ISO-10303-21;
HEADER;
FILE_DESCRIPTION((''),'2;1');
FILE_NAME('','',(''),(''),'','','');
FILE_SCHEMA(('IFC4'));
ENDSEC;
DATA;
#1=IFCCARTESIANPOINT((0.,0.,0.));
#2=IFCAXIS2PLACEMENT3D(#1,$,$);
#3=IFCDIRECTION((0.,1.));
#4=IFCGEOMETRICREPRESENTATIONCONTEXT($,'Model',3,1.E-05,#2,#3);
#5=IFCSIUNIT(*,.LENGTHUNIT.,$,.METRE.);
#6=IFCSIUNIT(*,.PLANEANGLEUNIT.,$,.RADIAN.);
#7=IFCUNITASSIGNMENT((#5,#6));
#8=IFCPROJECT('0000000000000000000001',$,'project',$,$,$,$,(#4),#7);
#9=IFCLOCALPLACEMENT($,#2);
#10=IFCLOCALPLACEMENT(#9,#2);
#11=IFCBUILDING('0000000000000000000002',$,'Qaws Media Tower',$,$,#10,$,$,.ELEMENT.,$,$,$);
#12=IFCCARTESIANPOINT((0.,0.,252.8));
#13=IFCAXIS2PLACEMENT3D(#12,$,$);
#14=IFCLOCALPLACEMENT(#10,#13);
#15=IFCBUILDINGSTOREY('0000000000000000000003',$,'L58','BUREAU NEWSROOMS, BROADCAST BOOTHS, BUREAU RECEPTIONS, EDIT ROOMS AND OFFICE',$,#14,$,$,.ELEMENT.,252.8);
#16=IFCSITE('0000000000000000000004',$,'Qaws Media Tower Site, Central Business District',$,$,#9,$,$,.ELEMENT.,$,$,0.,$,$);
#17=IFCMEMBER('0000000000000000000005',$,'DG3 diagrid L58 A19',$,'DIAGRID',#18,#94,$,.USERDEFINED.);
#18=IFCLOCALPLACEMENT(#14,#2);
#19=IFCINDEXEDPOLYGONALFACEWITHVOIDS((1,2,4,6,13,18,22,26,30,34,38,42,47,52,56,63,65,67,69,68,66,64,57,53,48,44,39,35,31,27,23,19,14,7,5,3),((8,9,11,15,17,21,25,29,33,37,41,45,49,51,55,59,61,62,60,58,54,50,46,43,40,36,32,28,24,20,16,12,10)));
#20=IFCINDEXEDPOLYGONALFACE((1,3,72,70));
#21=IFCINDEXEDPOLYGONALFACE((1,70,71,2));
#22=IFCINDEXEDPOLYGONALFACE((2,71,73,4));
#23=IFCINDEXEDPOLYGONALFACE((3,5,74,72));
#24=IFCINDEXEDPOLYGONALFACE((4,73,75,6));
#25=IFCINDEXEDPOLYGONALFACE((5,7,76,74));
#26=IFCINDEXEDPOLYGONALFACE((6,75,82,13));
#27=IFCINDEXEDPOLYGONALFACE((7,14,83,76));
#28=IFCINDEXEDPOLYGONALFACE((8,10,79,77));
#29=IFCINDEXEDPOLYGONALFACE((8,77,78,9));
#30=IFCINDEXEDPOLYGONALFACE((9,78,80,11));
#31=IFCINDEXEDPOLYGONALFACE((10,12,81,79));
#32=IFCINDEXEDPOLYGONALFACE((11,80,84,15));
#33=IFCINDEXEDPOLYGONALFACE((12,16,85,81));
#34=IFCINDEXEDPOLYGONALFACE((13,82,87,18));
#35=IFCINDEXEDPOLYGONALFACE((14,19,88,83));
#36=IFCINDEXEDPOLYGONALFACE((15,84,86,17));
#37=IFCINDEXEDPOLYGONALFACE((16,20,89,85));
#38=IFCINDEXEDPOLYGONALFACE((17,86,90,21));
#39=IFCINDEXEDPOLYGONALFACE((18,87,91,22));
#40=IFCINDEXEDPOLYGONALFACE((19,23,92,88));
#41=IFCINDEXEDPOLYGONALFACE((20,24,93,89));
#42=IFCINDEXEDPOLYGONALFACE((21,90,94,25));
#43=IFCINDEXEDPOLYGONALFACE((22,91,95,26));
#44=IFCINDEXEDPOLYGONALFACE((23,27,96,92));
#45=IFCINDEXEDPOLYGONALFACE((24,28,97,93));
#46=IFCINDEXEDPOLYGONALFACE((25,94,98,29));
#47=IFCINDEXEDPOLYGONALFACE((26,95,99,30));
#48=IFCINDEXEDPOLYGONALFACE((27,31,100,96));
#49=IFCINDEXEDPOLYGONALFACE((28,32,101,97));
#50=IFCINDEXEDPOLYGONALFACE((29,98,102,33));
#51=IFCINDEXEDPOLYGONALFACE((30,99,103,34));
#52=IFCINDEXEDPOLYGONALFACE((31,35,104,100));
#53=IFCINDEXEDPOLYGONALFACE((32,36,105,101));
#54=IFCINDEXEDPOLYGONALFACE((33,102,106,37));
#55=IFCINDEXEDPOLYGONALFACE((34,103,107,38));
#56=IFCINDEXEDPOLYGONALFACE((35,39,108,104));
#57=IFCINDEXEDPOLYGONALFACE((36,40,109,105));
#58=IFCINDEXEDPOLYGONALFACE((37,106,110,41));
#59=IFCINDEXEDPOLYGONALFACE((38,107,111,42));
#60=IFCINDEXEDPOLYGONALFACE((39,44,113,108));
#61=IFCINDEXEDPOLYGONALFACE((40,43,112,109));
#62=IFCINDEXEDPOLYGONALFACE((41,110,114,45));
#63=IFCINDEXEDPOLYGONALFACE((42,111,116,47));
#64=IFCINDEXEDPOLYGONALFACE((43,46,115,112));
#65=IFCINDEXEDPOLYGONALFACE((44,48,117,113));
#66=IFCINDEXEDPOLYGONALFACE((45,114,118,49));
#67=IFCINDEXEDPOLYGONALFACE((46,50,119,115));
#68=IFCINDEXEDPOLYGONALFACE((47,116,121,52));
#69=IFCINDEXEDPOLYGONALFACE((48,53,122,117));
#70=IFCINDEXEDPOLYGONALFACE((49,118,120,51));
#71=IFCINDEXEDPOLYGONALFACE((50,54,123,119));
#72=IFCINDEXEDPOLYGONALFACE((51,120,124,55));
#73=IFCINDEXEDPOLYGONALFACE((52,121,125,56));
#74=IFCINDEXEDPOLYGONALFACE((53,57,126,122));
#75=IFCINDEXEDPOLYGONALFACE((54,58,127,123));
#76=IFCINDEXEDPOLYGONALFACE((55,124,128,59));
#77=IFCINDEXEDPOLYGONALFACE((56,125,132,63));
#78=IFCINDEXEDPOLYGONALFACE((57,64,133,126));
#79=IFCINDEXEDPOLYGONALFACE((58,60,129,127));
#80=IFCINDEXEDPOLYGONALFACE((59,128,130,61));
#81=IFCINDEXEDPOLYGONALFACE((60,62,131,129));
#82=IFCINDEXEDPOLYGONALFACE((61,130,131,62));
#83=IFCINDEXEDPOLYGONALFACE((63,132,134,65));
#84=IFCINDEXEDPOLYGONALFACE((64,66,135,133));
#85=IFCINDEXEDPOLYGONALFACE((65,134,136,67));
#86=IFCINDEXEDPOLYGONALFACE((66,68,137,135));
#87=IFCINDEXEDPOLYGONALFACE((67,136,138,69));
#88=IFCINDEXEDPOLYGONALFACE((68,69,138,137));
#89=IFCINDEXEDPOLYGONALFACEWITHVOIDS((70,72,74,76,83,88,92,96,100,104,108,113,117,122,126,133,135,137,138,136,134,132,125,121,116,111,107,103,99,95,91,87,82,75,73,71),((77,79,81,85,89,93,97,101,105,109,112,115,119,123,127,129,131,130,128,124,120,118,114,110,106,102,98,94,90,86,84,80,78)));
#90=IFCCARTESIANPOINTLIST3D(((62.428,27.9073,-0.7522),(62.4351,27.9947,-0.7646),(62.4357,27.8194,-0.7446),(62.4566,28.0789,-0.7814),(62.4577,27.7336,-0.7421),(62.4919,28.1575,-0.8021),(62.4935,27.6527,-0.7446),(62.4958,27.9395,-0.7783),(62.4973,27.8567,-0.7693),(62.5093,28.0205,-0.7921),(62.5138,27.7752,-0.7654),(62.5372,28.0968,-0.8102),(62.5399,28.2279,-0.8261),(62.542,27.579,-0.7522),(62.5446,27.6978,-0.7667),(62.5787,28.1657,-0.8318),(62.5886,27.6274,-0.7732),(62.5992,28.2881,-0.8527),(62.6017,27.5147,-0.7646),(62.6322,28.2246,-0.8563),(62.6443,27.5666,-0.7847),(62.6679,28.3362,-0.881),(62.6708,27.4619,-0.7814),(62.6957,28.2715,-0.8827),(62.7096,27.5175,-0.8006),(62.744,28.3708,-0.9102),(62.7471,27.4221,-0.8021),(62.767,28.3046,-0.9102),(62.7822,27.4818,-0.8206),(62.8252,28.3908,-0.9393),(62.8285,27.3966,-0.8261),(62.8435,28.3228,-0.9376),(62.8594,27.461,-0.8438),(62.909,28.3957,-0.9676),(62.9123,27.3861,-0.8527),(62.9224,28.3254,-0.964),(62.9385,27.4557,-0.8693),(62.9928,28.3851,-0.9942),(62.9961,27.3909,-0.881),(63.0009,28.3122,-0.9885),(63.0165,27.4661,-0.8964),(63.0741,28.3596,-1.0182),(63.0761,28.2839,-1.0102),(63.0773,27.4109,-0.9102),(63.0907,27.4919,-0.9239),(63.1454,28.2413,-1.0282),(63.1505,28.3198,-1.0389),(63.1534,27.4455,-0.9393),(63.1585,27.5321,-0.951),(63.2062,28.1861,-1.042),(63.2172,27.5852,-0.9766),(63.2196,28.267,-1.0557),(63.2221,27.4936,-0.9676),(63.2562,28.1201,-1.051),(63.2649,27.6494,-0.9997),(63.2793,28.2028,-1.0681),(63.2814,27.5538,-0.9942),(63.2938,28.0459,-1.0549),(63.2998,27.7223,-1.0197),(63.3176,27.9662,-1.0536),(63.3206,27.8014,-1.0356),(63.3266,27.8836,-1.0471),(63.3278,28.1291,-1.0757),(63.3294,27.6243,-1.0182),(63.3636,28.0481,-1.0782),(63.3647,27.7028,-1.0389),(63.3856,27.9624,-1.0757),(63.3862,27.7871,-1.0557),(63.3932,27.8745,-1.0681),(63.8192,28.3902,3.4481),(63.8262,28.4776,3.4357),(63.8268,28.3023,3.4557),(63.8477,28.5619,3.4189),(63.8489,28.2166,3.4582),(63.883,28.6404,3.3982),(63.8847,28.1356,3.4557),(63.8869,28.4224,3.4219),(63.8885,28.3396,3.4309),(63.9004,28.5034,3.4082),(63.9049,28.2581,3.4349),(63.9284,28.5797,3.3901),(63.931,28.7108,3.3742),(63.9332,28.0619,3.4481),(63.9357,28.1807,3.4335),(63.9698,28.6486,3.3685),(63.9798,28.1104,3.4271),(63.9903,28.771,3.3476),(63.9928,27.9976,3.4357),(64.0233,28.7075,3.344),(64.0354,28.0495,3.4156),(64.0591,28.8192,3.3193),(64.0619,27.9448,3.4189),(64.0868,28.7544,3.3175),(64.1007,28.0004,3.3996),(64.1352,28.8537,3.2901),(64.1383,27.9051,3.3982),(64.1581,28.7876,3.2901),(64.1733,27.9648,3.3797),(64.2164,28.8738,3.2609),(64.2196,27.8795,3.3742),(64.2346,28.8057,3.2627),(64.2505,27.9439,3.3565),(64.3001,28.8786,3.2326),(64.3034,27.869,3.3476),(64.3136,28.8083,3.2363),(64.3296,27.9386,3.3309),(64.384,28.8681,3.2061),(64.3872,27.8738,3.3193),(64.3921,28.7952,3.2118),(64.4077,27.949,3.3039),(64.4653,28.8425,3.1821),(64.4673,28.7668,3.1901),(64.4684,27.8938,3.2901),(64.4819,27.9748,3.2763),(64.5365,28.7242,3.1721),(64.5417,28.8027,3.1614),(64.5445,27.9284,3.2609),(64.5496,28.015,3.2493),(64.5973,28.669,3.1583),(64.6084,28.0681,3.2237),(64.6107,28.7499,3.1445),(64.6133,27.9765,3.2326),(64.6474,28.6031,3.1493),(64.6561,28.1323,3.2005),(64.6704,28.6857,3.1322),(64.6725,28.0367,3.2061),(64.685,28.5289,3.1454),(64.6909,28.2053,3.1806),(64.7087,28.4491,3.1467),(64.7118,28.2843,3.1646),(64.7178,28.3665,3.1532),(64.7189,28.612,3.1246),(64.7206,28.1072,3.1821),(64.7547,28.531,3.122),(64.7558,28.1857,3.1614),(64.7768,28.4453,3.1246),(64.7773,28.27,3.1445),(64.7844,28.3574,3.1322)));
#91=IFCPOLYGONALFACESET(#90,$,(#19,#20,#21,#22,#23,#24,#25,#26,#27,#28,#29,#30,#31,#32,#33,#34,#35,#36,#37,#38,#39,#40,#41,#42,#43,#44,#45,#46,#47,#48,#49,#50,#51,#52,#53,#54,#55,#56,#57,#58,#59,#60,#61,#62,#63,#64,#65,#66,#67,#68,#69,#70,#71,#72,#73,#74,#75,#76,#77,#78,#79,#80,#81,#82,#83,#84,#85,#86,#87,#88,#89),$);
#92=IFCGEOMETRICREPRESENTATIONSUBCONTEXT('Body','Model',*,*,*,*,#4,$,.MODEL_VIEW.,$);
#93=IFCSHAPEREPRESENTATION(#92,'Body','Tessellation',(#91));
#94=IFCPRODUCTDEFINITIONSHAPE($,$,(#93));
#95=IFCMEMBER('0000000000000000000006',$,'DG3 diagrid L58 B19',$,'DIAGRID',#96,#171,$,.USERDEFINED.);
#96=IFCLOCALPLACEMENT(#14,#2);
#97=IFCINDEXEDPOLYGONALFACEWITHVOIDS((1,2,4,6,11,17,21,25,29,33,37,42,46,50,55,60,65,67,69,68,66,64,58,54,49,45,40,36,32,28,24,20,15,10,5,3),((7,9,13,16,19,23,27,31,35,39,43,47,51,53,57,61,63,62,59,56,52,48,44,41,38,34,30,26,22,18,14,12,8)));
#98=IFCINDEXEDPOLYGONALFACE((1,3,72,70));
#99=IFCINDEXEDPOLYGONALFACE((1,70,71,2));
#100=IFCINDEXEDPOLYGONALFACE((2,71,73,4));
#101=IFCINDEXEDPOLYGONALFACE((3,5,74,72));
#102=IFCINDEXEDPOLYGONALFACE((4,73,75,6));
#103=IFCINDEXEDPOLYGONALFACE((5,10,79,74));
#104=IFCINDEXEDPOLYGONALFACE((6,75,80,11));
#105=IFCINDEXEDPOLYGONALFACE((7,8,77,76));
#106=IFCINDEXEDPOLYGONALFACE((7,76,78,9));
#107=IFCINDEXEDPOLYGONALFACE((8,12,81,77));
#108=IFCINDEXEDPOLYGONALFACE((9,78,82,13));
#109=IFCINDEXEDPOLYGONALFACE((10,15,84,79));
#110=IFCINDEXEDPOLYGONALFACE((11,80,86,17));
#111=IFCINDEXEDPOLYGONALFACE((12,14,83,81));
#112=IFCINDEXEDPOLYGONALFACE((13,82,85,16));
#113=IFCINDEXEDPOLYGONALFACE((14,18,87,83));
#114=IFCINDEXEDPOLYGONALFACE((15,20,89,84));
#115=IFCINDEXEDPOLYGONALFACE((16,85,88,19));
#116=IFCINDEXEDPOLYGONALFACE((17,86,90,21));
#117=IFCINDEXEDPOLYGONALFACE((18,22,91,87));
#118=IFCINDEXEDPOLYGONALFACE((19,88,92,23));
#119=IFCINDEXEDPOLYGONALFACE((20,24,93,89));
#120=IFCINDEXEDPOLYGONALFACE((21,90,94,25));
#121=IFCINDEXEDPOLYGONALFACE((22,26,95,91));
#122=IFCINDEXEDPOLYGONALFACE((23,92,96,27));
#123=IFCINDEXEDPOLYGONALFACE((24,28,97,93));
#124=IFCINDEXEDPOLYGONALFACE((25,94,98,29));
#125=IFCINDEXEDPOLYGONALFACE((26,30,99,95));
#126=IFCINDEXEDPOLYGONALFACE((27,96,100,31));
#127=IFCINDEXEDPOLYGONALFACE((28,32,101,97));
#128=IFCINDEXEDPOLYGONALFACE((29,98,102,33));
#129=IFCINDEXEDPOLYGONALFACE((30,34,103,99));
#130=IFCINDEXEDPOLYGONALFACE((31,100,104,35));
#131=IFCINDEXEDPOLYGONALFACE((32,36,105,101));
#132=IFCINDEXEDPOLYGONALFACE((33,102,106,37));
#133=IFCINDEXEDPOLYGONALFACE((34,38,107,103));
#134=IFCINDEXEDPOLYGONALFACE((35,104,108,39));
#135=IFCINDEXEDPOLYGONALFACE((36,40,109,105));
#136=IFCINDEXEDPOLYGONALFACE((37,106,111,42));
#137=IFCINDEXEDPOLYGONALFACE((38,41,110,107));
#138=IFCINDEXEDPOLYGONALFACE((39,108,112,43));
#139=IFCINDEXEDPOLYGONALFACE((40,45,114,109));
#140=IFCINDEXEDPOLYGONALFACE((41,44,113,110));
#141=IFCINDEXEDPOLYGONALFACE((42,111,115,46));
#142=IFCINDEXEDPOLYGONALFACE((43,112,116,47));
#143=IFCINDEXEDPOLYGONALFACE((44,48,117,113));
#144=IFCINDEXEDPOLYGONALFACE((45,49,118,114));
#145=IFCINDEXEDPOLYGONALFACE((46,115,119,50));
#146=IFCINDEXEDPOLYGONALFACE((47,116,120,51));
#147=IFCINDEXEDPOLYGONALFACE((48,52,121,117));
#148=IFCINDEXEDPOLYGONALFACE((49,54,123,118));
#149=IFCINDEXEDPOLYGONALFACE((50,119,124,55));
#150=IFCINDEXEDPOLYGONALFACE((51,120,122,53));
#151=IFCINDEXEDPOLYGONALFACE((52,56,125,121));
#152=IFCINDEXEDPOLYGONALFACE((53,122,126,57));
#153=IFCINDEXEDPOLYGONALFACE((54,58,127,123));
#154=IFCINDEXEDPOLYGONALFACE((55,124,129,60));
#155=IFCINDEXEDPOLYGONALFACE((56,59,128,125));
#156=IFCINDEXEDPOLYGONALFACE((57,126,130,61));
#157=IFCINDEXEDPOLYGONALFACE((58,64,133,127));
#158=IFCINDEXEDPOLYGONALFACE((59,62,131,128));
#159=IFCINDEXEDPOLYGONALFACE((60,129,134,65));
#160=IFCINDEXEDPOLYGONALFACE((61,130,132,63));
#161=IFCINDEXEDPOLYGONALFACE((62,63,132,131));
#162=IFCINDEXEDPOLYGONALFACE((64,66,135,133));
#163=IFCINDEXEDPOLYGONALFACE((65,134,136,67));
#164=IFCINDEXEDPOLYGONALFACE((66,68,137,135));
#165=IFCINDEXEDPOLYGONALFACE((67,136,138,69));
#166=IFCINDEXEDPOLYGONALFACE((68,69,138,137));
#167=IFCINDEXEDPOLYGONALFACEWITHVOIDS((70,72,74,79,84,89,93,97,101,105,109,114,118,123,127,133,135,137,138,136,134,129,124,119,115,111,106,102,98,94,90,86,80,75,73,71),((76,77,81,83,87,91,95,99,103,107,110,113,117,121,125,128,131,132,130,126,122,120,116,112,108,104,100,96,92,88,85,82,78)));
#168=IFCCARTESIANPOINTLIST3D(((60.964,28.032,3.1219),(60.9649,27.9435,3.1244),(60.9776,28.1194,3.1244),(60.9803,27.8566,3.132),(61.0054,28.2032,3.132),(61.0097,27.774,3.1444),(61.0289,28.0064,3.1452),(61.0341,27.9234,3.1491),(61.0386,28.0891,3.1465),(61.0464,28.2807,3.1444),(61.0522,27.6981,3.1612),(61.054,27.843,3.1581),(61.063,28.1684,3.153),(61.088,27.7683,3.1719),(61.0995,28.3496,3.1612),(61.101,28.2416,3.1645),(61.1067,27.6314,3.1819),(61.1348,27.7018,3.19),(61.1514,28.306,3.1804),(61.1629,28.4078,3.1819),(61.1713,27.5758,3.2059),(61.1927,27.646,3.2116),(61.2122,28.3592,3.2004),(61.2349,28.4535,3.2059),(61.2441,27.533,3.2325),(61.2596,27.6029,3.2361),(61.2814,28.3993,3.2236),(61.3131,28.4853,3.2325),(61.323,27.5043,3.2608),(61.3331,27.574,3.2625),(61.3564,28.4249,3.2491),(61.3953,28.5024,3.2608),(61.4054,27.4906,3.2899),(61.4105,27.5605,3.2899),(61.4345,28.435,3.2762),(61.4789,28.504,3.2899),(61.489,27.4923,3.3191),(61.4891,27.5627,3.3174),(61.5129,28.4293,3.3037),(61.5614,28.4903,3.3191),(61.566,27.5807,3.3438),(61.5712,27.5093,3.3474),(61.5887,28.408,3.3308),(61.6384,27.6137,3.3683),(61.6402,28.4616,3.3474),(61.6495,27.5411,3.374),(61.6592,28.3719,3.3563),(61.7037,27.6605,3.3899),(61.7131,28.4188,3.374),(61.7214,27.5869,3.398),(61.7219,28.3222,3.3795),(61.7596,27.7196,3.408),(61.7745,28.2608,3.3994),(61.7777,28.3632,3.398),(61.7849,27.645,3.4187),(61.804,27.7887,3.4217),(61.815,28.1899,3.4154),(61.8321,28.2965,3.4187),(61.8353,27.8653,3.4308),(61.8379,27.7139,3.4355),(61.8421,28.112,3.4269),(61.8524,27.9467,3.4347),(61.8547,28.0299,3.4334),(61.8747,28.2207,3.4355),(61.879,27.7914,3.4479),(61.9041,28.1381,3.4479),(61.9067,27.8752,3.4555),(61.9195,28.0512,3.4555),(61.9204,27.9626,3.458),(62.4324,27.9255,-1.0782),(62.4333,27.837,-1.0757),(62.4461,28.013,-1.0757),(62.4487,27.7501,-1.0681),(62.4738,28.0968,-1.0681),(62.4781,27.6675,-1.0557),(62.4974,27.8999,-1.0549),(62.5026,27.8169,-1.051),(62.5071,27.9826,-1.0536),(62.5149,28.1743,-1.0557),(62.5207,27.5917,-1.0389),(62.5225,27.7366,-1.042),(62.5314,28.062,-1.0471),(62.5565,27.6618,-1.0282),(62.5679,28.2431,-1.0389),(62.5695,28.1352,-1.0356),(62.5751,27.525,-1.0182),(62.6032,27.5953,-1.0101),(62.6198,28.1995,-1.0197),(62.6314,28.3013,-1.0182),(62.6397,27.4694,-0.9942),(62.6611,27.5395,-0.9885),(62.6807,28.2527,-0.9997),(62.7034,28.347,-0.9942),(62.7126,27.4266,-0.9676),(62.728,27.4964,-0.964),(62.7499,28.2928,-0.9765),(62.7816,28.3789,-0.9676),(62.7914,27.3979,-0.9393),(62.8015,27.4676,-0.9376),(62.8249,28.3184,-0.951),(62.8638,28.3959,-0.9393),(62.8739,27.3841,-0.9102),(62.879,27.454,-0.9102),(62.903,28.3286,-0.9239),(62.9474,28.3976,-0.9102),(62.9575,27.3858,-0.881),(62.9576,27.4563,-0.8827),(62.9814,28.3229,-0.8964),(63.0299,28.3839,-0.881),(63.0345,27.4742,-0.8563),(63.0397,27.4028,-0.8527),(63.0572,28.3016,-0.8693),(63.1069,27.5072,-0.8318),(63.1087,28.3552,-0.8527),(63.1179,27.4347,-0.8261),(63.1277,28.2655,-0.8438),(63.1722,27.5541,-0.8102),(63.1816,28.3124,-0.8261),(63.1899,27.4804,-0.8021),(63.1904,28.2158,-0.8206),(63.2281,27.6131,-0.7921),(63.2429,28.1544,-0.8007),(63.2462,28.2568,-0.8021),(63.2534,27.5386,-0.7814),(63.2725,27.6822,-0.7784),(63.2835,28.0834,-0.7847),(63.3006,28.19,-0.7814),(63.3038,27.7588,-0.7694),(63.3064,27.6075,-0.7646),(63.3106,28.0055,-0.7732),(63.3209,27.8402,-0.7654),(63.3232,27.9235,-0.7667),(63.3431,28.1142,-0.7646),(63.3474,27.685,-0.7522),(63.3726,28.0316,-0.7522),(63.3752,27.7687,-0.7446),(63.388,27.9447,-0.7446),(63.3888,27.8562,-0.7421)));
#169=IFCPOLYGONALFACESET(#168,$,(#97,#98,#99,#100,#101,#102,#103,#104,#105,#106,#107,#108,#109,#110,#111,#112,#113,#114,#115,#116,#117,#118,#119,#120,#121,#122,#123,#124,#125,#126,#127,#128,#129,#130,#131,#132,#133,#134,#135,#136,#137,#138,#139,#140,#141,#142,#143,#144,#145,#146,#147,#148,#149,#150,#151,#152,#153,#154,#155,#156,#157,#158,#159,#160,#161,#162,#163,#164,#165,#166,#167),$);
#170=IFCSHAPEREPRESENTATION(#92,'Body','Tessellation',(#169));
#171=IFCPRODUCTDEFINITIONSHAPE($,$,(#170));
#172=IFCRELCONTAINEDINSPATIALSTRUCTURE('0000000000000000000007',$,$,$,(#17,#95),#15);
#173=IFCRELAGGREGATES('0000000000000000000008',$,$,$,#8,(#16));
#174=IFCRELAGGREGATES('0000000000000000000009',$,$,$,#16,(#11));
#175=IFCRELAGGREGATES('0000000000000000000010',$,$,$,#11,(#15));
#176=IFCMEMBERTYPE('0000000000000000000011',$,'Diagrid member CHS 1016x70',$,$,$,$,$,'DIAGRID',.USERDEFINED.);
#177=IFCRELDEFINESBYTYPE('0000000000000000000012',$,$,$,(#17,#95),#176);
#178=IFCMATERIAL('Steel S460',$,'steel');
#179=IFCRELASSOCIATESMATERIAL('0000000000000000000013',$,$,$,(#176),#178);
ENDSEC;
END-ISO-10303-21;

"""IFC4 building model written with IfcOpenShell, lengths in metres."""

from ifc_helpers import new_model, si_unit, direction, frame, origin, origin_2d, place, context, subcontext, project, spatial, hollow_circle, extrude, material, material_profile, profile_set, type_object, element, save


model = new_model("IFC4")

# Units and contexts
model_context = context("Model", 3, precision=1e-05, world=origin(), true_north=direction((0.0, 1.0)))
body_context = subcontext(model_context, "Body", "Model", "MODEL_VIEW")
ifc_project = project(units=[si_unit("LENGTHUNIT", "METRE"), si_unit("PLANEANGLEUNIT", "RADIAN")], contexts=[model_context])

# Site, building, storey
site_placement = place(None, origin())
site = spatial("IfcSite", under=ifc_project, at=site_placement, Name="Qaws Media Tower Site, Central Business District", CompositionType="ELEMENT", RefElevation=0.0)
building_placement = place(site_placement, origin())
building = spatial("IfcBuilding", under=site, at=building_placement, Name="Qaws Media Tower", CompositionType="ELEMENT")
storey_placement = place(building_placement, frame((0.0, 0.0, 252.8)))
storey = spatial("IfcBuildingStorey", under=building, at=storey_placement, Name="L58", Description="BUREAU NEWSROOMS, BROADCAST BOOTHS, BUREAU RECEPTIONS, EDIT ROOMS AND OFFICE", CompositionType="ELEMENT", Elevation=252.8)

# Members
ifc_material_1 = material(Name="Steel S460", Category="steel")
ifc_material_profile_1 = material_profile(ifc_material_1, hollow_circle(Radius=0.5081, WallThickness=0.0701, at=origin_2d()), Name="CHS 1016x70")
ifc_profile_set_1 = profile_set([ifc_material_profile_1], Name="Steel S460")
member_type_1 = type_object("IfcMemberType", Name="Diagrid member CHS 1016x70", ElementType="DIAGRID", PredefinedType="USERDEFINED", material=ifc_profile_set_1)
for number, where, z_axis, x_axis, name in (
    (1, (62.9106, 27.8909, -0.9102), (0.31255, 0.108498, 0.943684), (-0.327942, 0.944698, 0.0), "DG3 diagrid L58 A19"),
):
    element("IfcMember", number, at=place(storey_placement, frame(where, z_axis=z_axis, x_axis=x_axis)), inside=storey, type_object=member_type_1, Name=name, ObjectType="DIAGRID", PredefinedType="USERDEFINED", context=body_context, shape_type="SweptSolid", body=[
        extrude(hollow_circle(Radius=0.5081, WallThickness=0.0701, at=origin_2d()), origin(), (0.0, 0.0, 1.0), 4.4509),
    ])
for number, where, z_axis, x_axis, name in (
    (2, (62.9106, 27.8909, -0.9102), (-0.329943, 0.023916, 0.943698), (-0.072296, -0.997383, 0.0), "DG3 diagrid L58 B19"),
):
    element("IfcMember", number, at=place(storey_placement, frame(where, z_axis=z_axis, x_axis=x_axis)), inside=storey, type_object=member_type_1, Name=name, ObjectType="DIAGRID", PredefinedType="USERDEFINED", context=body_context, shape_type="SweptSolid", body=[
        extrude(hollow_circle(Radius=0.5081, WallThickness=0.0701, at=origin_2d()), origin(), (0.0, 0.0, 1.0), 4.4507),
    ])

save(model, "model.ifc")
